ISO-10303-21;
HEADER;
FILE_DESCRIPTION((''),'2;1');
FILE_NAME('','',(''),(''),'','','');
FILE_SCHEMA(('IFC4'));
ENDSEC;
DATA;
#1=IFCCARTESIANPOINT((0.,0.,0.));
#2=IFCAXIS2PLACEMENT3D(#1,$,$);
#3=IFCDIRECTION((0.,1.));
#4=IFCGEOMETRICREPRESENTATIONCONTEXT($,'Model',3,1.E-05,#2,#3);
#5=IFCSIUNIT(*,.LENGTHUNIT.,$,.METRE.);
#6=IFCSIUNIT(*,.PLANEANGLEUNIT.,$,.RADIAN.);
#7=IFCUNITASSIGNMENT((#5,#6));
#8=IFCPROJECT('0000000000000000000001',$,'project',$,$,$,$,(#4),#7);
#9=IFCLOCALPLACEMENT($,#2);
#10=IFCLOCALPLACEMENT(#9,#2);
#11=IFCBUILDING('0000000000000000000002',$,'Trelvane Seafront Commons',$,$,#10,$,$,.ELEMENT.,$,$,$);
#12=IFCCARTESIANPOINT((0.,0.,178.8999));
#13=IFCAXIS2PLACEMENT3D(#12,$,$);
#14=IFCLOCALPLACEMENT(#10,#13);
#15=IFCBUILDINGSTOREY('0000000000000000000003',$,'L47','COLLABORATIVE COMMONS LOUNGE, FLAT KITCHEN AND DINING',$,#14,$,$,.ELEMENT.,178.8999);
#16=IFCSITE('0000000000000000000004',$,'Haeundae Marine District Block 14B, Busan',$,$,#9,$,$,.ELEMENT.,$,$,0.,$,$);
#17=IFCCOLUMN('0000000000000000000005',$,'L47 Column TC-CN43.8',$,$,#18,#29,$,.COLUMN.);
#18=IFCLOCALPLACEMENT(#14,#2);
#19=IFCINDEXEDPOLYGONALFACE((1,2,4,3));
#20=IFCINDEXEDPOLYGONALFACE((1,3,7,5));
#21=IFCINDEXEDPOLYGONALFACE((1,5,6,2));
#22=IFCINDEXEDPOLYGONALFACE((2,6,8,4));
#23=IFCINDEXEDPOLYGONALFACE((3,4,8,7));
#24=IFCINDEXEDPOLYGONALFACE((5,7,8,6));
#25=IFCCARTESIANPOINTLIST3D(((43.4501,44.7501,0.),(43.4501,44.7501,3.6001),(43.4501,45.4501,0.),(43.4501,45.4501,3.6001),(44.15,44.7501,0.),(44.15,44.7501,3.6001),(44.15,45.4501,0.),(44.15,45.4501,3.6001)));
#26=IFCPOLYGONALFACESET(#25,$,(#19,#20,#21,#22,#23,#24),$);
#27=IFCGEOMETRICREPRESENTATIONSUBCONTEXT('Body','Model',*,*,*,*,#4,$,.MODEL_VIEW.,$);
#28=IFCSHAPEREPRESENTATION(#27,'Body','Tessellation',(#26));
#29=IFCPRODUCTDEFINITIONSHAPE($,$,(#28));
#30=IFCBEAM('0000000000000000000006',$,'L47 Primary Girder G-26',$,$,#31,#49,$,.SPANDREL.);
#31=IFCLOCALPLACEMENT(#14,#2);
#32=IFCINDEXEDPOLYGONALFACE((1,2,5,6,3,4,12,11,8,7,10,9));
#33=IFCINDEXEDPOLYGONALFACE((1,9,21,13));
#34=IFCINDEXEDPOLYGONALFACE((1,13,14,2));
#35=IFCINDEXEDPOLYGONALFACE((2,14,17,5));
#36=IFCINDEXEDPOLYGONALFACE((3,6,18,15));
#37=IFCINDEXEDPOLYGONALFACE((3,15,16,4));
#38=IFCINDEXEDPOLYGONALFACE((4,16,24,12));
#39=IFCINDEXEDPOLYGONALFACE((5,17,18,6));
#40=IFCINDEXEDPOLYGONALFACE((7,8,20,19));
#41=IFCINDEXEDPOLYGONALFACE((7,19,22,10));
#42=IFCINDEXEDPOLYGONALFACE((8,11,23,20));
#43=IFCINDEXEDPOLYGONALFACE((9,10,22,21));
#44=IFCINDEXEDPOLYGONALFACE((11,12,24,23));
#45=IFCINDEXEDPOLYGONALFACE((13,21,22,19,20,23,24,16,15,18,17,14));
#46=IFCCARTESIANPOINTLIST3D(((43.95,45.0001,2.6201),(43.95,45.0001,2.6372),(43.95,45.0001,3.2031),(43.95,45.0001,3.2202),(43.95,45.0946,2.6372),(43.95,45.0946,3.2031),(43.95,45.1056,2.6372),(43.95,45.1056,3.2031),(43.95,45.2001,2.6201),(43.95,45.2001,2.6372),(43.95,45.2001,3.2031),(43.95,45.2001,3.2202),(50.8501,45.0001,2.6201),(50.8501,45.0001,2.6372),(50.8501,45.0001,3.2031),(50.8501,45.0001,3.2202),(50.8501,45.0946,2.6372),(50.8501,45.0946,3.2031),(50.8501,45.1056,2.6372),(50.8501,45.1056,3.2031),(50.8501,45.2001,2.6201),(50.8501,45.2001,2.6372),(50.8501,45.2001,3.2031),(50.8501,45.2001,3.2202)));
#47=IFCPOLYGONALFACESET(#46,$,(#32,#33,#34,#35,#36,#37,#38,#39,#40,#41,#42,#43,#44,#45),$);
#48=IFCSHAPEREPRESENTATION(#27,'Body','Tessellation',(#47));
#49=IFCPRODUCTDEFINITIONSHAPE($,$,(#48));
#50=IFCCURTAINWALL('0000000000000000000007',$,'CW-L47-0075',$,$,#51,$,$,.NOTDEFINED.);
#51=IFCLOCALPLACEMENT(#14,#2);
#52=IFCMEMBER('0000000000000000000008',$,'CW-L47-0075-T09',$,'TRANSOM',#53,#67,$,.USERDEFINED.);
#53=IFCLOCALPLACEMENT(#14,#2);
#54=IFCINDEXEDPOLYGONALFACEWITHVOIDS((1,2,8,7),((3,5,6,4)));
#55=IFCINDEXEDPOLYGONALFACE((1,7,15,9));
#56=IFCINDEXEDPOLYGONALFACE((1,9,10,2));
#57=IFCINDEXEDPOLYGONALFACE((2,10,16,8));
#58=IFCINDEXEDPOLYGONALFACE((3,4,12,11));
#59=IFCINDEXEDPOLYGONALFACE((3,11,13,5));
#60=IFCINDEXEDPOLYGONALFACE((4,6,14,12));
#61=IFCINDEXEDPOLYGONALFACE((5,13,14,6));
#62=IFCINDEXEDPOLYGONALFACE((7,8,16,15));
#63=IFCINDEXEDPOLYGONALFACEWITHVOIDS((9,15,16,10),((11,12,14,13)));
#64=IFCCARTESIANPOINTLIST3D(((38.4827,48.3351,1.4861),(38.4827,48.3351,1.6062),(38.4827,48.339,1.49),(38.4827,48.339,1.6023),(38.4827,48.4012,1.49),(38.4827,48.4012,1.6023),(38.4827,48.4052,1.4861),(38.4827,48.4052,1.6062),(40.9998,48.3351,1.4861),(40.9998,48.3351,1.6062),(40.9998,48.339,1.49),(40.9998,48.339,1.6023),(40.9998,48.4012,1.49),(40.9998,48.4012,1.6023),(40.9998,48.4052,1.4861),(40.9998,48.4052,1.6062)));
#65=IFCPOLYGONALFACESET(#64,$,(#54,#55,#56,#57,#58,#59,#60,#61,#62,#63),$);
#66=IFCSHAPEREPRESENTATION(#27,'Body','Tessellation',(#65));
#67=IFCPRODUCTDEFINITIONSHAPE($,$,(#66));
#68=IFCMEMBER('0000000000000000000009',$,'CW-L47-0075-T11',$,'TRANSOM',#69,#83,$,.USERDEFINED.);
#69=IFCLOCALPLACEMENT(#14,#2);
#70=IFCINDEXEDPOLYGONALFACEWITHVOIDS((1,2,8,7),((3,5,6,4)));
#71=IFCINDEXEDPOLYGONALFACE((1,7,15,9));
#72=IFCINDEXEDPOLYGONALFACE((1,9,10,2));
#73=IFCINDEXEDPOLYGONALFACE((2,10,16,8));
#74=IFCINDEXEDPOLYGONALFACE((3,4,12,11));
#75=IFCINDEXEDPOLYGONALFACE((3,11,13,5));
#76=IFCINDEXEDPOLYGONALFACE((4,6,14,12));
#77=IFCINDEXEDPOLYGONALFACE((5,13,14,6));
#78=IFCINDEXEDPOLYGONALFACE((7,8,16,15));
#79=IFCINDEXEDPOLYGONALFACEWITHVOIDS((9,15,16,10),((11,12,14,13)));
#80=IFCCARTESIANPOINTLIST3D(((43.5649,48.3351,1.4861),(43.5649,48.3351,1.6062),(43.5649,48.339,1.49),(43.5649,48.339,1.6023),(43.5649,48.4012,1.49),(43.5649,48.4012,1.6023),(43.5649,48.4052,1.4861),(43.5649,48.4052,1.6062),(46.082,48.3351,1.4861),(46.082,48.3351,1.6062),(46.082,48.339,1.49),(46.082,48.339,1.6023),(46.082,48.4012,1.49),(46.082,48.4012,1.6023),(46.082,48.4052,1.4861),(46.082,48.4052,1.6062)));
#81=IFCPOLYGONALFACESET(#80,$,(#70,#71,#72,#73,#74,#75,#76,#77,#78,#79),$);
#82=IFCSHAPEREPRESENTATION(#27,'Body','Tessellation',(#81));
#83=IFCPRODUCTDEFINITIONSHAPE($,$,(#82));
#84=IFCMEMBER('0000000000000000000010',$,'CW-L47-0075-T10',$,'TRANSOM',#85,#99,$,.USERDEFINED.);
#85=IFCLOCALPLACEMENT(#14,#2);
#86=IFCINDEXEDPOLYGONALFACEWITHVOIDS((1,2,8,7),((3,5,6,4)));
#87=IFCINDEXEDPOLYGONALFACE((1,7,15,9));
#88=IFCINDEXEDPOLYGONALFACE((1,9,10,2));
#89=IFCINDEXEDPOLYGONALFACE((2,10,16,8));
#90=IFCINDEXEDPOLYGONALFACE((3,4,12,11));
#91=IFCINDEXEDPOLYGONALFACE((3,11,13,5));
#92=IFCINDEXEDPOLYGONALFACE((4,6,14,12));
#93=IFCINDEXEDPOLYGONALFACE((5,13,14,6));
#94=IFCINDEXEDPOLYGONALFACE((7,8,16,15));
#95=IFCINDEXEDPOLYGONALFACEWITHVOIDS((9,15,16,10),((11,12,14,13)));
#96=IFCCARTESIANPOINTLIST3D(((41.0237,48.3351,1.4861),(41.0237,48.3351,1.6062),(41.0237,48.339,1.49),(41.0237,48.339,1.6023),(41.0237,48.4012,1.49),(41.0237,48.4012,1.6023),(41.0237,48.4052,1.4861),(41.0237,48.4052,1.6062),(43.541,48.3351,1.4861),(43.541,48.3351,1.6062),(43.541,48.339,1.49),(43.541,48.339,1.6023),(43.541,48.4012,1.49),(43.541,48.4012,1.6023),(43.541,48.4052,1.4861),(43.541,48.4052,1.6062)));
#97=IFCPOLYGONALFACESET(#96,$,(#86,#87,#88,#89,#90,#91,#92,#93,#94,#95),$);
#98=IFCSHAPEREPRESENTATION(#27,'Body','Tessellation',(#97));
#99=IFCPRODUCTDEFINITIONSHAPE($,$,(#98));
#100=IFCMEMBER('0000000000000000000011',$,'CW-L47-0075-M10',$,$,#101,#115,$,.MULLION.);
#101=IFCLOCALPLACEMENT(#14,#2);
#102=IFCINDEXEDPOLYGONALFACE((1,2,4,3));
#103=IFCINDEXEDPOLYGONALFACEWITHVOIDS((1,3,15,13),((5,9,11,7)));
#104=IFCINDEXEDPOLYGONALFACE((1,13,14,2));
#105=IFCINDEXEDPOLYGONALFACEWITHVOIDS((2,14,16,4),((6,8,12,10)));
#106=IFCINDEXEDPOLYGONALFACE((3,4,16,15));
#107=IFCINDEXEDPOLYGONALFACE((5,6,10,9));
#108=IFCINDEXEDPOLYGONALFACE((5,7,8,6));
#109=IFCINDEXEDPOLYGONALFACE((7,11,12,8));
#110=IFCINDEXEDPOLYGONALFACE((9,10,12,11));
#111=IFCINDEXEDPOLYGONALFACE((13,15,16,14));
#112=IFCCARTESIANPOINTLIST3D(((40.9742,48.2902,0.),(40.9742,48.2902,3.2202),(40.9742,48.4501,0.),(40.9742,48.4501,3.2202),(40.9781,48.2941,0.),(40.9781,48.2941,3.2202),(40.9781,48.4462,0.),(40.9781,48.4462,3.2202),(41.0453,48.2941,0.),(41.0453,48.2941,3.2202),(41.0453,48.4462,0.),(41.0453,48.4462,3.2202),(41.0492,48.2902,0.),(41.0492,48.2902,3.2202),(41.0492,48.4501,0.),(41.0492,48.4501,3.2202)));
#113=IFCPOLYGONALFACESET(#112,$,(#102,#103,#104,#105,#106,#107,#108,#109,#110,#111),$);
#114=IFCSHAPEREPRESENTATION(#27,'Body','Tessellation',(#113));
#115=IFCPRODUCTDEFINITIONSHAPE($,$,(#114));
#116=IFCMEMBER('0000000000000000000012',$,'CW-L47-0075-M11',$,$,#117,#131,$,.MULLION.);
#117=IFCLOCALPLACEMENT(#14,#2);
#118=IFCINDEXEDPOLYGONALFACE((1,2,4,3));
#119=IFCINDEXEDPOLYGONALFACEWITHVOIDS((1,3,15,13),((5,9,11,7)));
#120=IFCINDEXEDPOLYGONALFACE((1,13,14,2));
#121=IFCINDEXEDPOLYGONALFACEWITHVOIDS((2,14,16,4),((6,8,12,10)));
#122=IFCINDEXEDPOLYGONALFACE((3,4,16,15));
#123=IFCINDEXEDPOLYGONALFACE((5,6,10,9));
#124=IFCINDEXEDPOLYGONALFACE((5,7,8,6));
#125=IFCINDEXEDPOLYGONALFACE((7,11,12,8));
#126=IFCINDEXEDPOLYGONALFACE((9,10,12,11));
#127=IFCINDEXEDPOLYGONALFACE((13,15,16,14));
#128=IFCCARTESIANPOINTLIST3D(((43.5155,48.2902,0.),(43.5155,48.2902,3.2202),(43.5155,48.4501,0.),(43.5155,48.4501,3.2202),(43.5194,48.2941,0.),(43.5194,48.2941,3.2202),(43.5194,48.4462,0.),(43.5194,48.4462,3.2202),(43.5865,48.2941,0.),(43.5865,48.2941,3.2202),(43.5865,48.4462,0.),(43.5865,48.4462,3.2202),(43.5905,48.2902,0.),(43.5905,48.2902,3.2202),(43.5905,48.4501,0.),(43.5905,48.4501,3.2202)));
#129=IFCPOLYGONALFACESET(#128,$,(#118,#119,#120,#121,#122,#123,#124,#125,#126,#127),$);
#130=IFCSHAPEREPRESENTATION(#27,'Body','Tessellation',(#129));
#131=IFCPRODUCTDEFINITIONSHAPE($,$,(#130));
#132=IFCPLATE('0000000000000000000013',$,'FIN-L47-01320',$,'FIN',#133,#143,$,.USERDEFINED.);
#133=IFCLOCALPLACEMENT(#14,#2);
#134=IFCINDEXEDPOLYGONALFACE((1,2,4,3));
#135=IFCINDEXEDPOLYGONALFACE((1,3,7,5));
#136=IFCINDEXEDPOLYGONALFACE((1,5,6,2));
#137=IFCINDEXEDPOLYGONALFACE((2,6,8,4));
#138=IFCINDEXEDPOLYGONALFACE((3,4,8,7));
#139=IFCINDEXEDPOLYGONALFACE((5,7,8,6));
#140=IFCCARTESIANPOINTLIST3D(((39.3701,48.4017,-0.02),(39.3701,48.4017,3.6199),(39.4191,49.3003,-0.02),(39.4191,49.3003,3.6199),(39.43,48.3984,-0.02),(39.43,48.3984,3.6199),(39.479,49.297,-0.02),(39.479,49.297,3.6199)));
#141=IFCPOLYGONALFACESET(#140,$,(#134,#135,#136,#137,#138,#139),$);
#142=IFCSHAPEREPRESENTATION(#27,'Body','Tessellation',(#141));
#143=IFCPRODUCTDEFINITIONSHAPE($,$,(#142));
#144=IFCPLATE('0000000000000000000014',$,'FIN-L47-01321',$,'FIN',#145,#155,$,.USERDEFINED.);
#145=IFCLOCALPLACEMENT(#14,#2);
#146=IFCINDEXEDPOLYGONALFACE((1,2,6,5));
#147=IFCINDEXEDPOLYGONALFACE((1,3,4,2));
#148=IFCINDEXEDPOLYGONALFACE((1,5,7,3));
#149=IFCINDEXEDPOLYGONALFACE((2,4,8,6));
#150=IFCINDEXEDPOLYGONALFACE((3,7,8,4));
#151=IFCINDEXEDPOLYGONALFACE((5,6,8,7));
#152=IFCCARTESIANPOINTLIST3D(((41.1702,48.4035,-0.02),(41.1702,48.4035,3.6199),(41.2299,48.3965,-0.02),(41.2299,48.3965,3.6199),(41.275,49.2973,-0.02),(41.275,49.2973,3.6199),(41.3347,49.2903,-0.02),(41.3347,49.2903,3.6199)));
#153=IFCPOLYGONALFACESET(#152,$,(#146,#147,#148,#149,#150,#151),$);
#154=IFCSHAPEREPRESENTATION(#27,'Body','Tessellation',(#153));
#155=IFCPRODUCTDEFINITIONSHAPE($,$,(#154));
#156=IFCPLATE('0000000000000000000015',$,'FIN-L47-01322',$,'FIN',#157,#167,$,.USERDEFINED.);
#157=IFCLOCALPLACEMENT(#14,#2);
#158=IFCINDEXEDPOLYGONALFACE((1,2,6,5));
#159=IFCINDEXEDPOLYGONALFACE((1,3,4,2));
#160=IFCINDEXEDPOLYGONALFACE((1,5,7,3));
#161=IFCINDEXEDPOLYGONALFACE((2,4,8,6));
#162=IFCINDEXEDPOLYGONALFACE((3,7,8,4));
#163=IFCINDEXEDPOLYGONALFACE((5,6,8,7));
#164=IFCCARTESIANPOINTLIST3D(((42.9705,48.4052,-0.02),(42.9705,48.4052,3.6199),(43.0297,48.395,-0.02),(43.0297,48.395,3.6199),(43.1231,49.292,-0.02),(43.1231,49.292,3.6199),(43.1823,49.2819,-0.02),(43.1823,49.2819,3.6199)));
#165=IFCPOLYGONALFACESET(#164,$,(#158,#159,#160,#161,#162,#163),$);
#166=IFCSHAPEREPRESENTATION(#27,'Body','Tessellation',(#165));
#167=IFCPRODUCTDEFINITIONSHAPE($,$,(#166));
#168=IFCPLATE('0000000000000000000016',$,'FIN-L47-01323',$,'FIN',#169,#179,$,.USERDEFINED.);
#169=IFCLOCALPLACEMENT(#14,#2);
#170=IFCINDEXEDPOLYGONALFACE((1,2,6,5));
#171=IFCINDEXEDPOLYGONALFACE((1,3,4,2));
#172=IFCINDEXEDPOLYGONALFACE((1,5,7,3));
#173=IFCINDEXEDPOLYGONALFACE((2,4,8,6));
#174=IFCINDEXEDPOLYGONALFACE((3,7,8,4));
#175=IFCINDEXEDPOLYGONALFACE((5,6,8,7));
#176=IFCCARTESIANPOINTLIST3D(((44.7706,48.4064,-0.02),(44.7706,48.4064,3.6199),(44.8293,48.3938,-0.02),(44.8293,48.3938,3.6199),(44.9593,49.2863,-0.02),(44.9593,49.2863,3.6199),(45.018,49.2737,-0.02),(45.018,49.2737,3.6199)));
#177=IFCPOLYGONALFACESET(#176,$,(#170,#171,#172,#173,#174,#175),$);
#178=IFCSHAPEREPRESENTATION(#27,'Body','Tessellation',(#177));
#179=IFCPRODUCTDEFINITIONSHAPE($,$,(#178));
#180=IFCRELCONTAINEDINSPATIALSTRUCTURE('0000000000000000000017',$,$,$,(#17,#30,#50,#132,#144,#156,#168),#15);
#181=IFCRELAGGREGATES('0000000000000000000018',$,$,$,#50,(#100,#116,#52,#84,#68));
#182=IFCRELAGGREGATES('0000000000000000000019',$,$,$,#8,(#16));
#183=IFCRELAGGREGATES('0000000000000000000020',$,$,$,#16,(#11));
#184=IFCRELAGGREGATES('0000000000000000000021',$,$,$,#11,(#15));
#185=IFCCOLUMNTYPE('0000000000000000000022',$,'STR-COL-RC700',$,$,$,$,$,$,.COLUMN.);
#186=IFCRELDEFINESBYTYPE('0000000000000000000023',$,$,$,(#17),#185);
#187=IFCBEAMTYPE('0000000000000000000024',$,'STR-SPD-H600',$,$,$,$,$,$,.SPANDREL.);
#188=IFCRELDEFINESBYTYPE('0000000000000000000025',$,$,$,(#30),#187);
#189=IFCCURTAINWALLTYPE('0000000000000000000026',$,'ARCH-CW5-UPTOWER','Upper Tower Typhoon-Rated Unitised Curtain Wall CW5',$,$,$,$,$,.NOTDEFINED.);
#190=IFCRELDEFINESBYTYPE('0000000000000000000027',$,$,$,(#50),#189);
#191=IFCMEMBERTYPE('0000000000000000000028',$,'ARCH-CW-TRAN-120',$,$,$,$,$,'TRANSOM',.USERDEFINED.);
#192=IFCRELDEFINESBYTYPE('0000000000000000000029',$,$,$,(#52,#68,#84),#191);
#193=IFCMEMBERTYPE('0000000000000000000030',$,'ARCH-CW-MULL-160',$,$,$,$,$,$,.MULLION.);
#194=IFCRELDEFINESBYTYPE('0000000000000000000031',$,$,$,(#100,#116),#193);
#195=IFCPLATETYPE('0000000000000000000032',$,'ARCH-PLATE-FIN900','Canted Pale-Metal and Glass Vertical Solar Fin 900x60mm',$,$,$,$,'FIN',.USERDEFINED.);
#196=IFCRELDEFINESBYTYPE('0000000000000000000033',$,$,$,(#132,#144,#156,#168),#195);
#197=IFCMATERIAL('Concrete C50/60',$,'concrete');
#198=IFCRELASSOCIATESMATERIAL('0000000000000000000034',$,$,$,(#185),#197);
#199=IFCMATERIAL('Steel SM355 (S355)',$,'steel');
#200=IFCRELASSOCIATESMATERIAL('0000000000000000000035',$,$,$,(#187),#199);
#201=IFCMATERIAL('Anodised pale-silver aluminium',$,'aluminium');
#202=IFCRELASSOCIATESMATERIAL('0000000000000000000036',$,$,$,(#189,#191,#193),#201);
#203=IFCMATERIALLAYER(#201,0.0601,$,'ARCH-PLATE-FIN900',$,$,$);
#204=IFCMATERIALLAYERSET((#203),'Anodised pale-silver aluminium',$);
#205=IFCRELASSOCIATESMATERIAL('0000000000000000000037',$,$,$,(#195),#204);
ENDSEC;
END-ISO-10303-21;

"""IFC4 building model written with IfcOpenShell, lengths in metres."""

from ifc_helpers import new_model, si_unit, direction, frame, origin, origin_2d, place, context, subcontext, project, spatial, rectangle, hollow_rectangle, i_section, extrude, source, transform, mapped, material, layer, layer_set, material_profile, profile_set, type_object, element, aggregate, save


model = new_model("IFC4")

# Units and contexts
model_context = context("Model", 3, precision=1e-05, world=origin(), true_north=direction((0.0, 1.0)))
body_context = subcontext(model_context, "Body", "Model", "MODEL_VIEW")
ifc_project = project(units=[si_unit("LENGTHUNIT", "METRE"), si_unit("PLANEANGLEUNIT", "RADIAN")], contexts=[model_context])

# Site, building, storey
site_placement = place(None, origin())
site = spatial("IfcSite", under=ifc_project, at=site_placement, Name="Haeundae Marine District Block 14B, Busan", CompositionType="ELEMENT", RefElevation=0.0)
building_placement = place(site_placement, origin())
building = spatial("IfcBuilding", under=site, at=building_placement, Name="Trelvane Seafront Commons", CompositionType="ELEMENT")
storey_placement = place(building_placement, frame((0.0, 0.0, 178.8999)))
storey = spatial("IfcBuildingStorey", under=building, at=storey_placement, Name="L47", Description="COLLABORATIVE COMMONS LOUNGE, FLAT KITCHEN AND DINING", CompositionType="ELEMENT", Elevation=178.8999)

# Column
ifc_material_1 = material(Name="Concrete C50/60", Category="concrete")
ifc_material_profile_1 = material_profile(ifc_material_1, rectangle(XDim=0.7, YDim=0.7, at=origin_2d()), Name="RC-700x700")
ifc_profile_set_1 = profile_set([ifc_material_profile_1], Name="Concrete C50/60")
column_type = type_object("IfcColumnType", Name="STR-COL-RC700", PredefinedType="COLUMN", material=ifc_profile_set_1)
shared_shape_1 = source(origin(), body_context, "Body", "SweptSolid", [
    extrude(rectangle(XDim=0.7, YDim=0.7, at=origin_2d()), origin(), (0.0, 0.0, 1.0), 3.6001),
])
column_placement = place(storey_placement, frame((43.8, 45.1001, 0.0), z_axis=(0.0, 0.0, 1.0), x_axis=(1.0, 0.0, 0.0)))
element("IfcColumn", 1, at=column_placement, inside=storey, type_object=column_type, Name="L47 Column TC-CN43.8", PredefinedType="COLUMN", context=body_context, shape_type="MappedRepresentation", body=[
    mapped(shared_shape_1, transform((0.0, 0.0, 0.0), x_axis=(1.0, 0.0, 0.0), y_axis=(0.0, 1.0, 0.0), z_axis=(0.0, 0.0, 1.0), scale=1.0)),
])

# Beam
ifc_material_2 = material(Name="Steel SM355 (S355)", Category="steel")
ifc_material_profile_2 = material_profile(ifc_material_2, i_section(OverallWidth=0.2, OverallDepth=0.6001, WebThickness=0.011, FlangeThickness=0.0171, at=origin_2d()), Name="H-600x200x11x17")
ifc_profile_set_2 = profile_set([ifc_material_profile_2], Name="Steel SM355 (S355)")
beam_type = type_object("IfcBeamType", Name="STR-SPD-H600", PredefinedType="SPANDREL", material=ifc_profile_set_2)
shared_shape_2 = source(origin(), body_context, "Body", "SweptSolid", [
    extrude(i_section(OverallWidth=0.2, OverallDepth=0.6001, WebThickness=0.011, FlangeThickness=0.0171, at=origin_2d()), origin(), (0.0, 0.0, 1.0), 6.9001),
])
beam_placement = place(storey_placement, frame((43.95, 45.1001, 2.9202), z_axis=(1.0, 0.0, 0.0), x_axis=(0.0, 1.0, 0.0)))
element("IfcBeam", 2, at=beam_placement, inside=storey, type_object=beam_type, Name="L47 Primary Girder G-26", PredefinedType="SPANDREL", context=body_context, shape_type="MappedRepresentation", body=[
    mapped(shared_shape_2, transform((0.0, 0.0, 0.0), x_axis=(1.0, 0.0, 0.0), y_axis=(0.0, 1.0, 0.0), z_axis=(0.0, 0.0, 1.0), scale=1.0)),
])

# Curtain wall, members
ifc_material_3 = material(Name="Anodised pale-silver aluminium", Category="aluminium")
curtain_wall_type = type_object("IfcCurtainWallType", Name="ARCH-CW5-UPTOWER", Description="Upper Tower Typhoon-Rated Unitised Curtain Wall CW5", PredefinedType="NOTDEFINED", material=ifc_material_3)
curtain_wall_placement = place(storey_placement, origin())
curtain_wall = element("IfcCurtainWall", 3, at=curtain_wall_placement, inside=storey, type_object=curtain_wall_type, Name="CW-L47-0075", PredefinedType="NOTDEFINED")
ifc_material_profile_3 = material_profile(ifc_material_3, hollow_rectangle(XDim=0.0701, YDim=0.1201, WallThickness=0.0039, at=origin_2d()), Name="TRAN-70x120x4")
ifc_profile_set_3 = profile_set([ifc_material_profile_3], Name="Anodised pale-silver aluminium")
member_type_1 = type_object("IfcMemberType", Name="ARCH-CW-TRAN-120", ElementType="TRANSOM", PredefinedType="USERDEFINED", material=ifc_profile_set_3)
shared_shape_3 = source(origin(), body_context, "Body", "SweptSolid", [
    extrude(hollow_rectangle(XDim=0.0701, YDim=0.1201, WallThickness=0.0039, at=origin_2d()), origin(), (0.0, 0.0, 1.0), 2.5171),
])
member_1_placement = place(storey_placement, frame((38.4827, 48.3701, 1.5461), z_axis=(1.0, 0.0, 0.0), x_axis=(0.0, 1.0, 0.0)))
member_1 = element("IfcMember", 4, at=member_1_placement, type_object=member_type_1, Name="CW-L47-0075-T09", ObjectType="TRANSOM", PredefinedType="USERDEFINED", context=body_context, shape_type="MappedRepresentation", body=[
    mapped(shared_shape_3, transform((0.0, 0.0, 0.0), x_axis=(1.0, 0.0, 0.0), y_axis=(0.0, 1.0, 0.0), z_axis=(0.0, 0.0, 1.0), scale=1.0)),
])
member_2_placement = place(storey_placement, frame((43.5649, 48.3701, 1.5461), z_axis=(1.0, 0.0, 0.0), x_axis=(0.0, 1.0, 0.0)))
member_2 = element("IfcMember", 5, at=member_2_placement, type_object=member_type_1, Name="CW-L47-0075-T11", ObjectType="TRANSOM", PredefinedType="USERDEFINED", context=body_context, shape_type="MappedRepresentation", body=[
    mapped(shared_shape_3, transform((0.0, 0.0, 0.0), x_axis=(1.0, 0.0, 0.0), y_axis=(0.0, 1.0, 0.0), z_axis=(0.0, 0.0, 1.0), scale=1.0)),
])
shared_shape_4 = source(origin(), body_context, "Body", "SweptSolid", [
    extrude(hollow_rectangle(XDim=0.0701, YDim=0.1201, WallThickness=0.0039, at=origin_2d()), origin(), (0.0, 0.0, 1.0), 2.5173),
])
member_3_placement = place(storey_placement, frame((41.0237, 48.3701, 1.5461), z_axis=(1.0, 0.0, 0.0), x_axis=(0.0, 1.0, 0.0)))
member_3 = element("IfcMember", 6, at=member_3_placement, type_object=member_type_1, Name="CW-L47-0075-T10", ObjectType="TRANSOM", PredefinedType="USERDEFINED", context=body_context, shape_type="MappedRepresentation", body=[
    mapped(shared_shape_4, transform((0.0, 0.0, 0.0), x_axis=(1.0, 0.0, 0.0), y_axis=(0.0, 1.0, 0.0), z_axis=(0.0, 0.0, 1.0), scale=1.0)),
])
ifc_material_profile_4 = material_profile(ifc_material_3, hollow_rectangle(XDim=0.075, YDim=0.1599, WallThickness=0.0039, at=origin_2d()), Name="MULL-75x160x4")
ifc_profile_set_4 = profile_set([ifc_material_profile_4], Name="Anodised pale-silver aluminium")
member_type_2 = type_object("IfcMemberType", Name="ARCH-CW-MULL-160", PredefinedType="MULLION", material=ifc_profile_set_4)
shared_shape_5 = source(origin(), body_context, "Body", "SweptSolid", [
    extrude(hollow_rectangle(XDim=0.075, YDim=0.1599, WallThickness=0.0039, at=origin_2d()), origin(), (0.0, 0.0, 1.0), 3.2202),
])
member_4_placement = place(storey_placement, frame((41.0117, 48.3701, 0.0), z_axis=(0.0, 0.0, 1.0), x_axis=(1.0, 0.0, 0.0)))
member_4 = element("IfcMember", 7, at=member_4_placement, type_object=member_type_2, Name="CW-L47-0075-M10", PredefinedType="MULLION", context=body_context, shape_type="MappedRepresentation", body=[
    mapped(shared_shape_5, transform((0.0, 0.0, 0.0), x_axis=(1.0, 0.0, 0.0), y_axis=(0.0, 1.0, 0.0), z_axis=(0.0, 0.0, 1.0), scale=1.0)),
])
member_5_placement = place(storey_placement, frame((43.553, 48.3701, 0.0), z_axis=(0.0, 0.0, 1.0), x_axis=(1.0, 0.0, 0.0)))
member_5 = element("IfcMember", 8, at=member_5_placement, type_object=member_type_2, Name="CW-L47-0075-M11", PredefinedType="MULLION", context=body_context, shape_type="MappedRepresentation", body=[
    mapped(shared_shape_5, transform((0.0, 0.0, 0.0), x_axis=(1.0, 0.0, 0.0), y_axis=(0.0, 1.0, 0.0), z_axis=(0.0, 0.0, 1.0), scale=1.0)),
])

# Plates
ifc_layer_1 = layer(ifc_material_3, 0.0601, Name="ARCH-PLATE-FIN900")
ifc_layer_set_1 = layer_set([ifc_layer_1], Name="Anodised pale-silver aluminium")
plate_type_1 = type_object("IfcPlateType", Name="ARCH-PLATE-FIN900", Description="Canted Pale-Metal and Glass Vertical Solar Fin 900x60mm", ElementType="FIN", PredefinedType="USERDEFINED", material=ifc_layer_set_1)
shared_shape_6 = source(origin(), body_context, "Body", "SweptSolid", [
    extrude(rectangle(XDim=0.8999, YDim=0.0601, at=origin_2d()), origin(), (0.0, 0.0, 1.0), 3.6399),
])
for number, where, z_axis, x_axis, name in (
    (9, (39.4246, 48.8494, -0.02), (0.0, 0.0, 1.0), (0.054443, 0.998517, 0.0), "FIN-L47-01320"),
    (10, (41.2524, 48.8469, -0.02), (0.0, 0.0, 1.0), (0.116442, 0.993198, 0.0), "FIN-L47-01321"),
    (11, (43.0764, 48.8435, -0.02), (0.0, 0.0, 1.0), (0.169549, 0.985522, 0.0), "FIN-L47-01322"),
    (12, (44.8943, 48.8401, -0.02), (0.0, 0.0, 1.0), (0.209666, 0.977773, 0.0), "FIN-L47-01323"),
):
    element("IfcPlate", number, at=place(storey_placement, frame(where, z_axis=z_axis, x_axis=x_axis)), inside=storey, type_object=plate_type_1, Name=name, ObjectType="FIN", PredefinedType="USERDEFINED", context=body_context, shape_type="MappedRepresentation", body=[
        mapped(shared_shape_6, transform((0.0, 0.0, 0.0), x_axis=(1.0, 0.0, 0.0), y_axis=(0.0, 1.0, 0.0), z_axis=(0.0, 0.0, 1.0), scale=1.0)),
    ])

aggregate(curtain_wall, [member_4, member_5, member_1, member_3, member_2])

save(model, "model.ifc")
